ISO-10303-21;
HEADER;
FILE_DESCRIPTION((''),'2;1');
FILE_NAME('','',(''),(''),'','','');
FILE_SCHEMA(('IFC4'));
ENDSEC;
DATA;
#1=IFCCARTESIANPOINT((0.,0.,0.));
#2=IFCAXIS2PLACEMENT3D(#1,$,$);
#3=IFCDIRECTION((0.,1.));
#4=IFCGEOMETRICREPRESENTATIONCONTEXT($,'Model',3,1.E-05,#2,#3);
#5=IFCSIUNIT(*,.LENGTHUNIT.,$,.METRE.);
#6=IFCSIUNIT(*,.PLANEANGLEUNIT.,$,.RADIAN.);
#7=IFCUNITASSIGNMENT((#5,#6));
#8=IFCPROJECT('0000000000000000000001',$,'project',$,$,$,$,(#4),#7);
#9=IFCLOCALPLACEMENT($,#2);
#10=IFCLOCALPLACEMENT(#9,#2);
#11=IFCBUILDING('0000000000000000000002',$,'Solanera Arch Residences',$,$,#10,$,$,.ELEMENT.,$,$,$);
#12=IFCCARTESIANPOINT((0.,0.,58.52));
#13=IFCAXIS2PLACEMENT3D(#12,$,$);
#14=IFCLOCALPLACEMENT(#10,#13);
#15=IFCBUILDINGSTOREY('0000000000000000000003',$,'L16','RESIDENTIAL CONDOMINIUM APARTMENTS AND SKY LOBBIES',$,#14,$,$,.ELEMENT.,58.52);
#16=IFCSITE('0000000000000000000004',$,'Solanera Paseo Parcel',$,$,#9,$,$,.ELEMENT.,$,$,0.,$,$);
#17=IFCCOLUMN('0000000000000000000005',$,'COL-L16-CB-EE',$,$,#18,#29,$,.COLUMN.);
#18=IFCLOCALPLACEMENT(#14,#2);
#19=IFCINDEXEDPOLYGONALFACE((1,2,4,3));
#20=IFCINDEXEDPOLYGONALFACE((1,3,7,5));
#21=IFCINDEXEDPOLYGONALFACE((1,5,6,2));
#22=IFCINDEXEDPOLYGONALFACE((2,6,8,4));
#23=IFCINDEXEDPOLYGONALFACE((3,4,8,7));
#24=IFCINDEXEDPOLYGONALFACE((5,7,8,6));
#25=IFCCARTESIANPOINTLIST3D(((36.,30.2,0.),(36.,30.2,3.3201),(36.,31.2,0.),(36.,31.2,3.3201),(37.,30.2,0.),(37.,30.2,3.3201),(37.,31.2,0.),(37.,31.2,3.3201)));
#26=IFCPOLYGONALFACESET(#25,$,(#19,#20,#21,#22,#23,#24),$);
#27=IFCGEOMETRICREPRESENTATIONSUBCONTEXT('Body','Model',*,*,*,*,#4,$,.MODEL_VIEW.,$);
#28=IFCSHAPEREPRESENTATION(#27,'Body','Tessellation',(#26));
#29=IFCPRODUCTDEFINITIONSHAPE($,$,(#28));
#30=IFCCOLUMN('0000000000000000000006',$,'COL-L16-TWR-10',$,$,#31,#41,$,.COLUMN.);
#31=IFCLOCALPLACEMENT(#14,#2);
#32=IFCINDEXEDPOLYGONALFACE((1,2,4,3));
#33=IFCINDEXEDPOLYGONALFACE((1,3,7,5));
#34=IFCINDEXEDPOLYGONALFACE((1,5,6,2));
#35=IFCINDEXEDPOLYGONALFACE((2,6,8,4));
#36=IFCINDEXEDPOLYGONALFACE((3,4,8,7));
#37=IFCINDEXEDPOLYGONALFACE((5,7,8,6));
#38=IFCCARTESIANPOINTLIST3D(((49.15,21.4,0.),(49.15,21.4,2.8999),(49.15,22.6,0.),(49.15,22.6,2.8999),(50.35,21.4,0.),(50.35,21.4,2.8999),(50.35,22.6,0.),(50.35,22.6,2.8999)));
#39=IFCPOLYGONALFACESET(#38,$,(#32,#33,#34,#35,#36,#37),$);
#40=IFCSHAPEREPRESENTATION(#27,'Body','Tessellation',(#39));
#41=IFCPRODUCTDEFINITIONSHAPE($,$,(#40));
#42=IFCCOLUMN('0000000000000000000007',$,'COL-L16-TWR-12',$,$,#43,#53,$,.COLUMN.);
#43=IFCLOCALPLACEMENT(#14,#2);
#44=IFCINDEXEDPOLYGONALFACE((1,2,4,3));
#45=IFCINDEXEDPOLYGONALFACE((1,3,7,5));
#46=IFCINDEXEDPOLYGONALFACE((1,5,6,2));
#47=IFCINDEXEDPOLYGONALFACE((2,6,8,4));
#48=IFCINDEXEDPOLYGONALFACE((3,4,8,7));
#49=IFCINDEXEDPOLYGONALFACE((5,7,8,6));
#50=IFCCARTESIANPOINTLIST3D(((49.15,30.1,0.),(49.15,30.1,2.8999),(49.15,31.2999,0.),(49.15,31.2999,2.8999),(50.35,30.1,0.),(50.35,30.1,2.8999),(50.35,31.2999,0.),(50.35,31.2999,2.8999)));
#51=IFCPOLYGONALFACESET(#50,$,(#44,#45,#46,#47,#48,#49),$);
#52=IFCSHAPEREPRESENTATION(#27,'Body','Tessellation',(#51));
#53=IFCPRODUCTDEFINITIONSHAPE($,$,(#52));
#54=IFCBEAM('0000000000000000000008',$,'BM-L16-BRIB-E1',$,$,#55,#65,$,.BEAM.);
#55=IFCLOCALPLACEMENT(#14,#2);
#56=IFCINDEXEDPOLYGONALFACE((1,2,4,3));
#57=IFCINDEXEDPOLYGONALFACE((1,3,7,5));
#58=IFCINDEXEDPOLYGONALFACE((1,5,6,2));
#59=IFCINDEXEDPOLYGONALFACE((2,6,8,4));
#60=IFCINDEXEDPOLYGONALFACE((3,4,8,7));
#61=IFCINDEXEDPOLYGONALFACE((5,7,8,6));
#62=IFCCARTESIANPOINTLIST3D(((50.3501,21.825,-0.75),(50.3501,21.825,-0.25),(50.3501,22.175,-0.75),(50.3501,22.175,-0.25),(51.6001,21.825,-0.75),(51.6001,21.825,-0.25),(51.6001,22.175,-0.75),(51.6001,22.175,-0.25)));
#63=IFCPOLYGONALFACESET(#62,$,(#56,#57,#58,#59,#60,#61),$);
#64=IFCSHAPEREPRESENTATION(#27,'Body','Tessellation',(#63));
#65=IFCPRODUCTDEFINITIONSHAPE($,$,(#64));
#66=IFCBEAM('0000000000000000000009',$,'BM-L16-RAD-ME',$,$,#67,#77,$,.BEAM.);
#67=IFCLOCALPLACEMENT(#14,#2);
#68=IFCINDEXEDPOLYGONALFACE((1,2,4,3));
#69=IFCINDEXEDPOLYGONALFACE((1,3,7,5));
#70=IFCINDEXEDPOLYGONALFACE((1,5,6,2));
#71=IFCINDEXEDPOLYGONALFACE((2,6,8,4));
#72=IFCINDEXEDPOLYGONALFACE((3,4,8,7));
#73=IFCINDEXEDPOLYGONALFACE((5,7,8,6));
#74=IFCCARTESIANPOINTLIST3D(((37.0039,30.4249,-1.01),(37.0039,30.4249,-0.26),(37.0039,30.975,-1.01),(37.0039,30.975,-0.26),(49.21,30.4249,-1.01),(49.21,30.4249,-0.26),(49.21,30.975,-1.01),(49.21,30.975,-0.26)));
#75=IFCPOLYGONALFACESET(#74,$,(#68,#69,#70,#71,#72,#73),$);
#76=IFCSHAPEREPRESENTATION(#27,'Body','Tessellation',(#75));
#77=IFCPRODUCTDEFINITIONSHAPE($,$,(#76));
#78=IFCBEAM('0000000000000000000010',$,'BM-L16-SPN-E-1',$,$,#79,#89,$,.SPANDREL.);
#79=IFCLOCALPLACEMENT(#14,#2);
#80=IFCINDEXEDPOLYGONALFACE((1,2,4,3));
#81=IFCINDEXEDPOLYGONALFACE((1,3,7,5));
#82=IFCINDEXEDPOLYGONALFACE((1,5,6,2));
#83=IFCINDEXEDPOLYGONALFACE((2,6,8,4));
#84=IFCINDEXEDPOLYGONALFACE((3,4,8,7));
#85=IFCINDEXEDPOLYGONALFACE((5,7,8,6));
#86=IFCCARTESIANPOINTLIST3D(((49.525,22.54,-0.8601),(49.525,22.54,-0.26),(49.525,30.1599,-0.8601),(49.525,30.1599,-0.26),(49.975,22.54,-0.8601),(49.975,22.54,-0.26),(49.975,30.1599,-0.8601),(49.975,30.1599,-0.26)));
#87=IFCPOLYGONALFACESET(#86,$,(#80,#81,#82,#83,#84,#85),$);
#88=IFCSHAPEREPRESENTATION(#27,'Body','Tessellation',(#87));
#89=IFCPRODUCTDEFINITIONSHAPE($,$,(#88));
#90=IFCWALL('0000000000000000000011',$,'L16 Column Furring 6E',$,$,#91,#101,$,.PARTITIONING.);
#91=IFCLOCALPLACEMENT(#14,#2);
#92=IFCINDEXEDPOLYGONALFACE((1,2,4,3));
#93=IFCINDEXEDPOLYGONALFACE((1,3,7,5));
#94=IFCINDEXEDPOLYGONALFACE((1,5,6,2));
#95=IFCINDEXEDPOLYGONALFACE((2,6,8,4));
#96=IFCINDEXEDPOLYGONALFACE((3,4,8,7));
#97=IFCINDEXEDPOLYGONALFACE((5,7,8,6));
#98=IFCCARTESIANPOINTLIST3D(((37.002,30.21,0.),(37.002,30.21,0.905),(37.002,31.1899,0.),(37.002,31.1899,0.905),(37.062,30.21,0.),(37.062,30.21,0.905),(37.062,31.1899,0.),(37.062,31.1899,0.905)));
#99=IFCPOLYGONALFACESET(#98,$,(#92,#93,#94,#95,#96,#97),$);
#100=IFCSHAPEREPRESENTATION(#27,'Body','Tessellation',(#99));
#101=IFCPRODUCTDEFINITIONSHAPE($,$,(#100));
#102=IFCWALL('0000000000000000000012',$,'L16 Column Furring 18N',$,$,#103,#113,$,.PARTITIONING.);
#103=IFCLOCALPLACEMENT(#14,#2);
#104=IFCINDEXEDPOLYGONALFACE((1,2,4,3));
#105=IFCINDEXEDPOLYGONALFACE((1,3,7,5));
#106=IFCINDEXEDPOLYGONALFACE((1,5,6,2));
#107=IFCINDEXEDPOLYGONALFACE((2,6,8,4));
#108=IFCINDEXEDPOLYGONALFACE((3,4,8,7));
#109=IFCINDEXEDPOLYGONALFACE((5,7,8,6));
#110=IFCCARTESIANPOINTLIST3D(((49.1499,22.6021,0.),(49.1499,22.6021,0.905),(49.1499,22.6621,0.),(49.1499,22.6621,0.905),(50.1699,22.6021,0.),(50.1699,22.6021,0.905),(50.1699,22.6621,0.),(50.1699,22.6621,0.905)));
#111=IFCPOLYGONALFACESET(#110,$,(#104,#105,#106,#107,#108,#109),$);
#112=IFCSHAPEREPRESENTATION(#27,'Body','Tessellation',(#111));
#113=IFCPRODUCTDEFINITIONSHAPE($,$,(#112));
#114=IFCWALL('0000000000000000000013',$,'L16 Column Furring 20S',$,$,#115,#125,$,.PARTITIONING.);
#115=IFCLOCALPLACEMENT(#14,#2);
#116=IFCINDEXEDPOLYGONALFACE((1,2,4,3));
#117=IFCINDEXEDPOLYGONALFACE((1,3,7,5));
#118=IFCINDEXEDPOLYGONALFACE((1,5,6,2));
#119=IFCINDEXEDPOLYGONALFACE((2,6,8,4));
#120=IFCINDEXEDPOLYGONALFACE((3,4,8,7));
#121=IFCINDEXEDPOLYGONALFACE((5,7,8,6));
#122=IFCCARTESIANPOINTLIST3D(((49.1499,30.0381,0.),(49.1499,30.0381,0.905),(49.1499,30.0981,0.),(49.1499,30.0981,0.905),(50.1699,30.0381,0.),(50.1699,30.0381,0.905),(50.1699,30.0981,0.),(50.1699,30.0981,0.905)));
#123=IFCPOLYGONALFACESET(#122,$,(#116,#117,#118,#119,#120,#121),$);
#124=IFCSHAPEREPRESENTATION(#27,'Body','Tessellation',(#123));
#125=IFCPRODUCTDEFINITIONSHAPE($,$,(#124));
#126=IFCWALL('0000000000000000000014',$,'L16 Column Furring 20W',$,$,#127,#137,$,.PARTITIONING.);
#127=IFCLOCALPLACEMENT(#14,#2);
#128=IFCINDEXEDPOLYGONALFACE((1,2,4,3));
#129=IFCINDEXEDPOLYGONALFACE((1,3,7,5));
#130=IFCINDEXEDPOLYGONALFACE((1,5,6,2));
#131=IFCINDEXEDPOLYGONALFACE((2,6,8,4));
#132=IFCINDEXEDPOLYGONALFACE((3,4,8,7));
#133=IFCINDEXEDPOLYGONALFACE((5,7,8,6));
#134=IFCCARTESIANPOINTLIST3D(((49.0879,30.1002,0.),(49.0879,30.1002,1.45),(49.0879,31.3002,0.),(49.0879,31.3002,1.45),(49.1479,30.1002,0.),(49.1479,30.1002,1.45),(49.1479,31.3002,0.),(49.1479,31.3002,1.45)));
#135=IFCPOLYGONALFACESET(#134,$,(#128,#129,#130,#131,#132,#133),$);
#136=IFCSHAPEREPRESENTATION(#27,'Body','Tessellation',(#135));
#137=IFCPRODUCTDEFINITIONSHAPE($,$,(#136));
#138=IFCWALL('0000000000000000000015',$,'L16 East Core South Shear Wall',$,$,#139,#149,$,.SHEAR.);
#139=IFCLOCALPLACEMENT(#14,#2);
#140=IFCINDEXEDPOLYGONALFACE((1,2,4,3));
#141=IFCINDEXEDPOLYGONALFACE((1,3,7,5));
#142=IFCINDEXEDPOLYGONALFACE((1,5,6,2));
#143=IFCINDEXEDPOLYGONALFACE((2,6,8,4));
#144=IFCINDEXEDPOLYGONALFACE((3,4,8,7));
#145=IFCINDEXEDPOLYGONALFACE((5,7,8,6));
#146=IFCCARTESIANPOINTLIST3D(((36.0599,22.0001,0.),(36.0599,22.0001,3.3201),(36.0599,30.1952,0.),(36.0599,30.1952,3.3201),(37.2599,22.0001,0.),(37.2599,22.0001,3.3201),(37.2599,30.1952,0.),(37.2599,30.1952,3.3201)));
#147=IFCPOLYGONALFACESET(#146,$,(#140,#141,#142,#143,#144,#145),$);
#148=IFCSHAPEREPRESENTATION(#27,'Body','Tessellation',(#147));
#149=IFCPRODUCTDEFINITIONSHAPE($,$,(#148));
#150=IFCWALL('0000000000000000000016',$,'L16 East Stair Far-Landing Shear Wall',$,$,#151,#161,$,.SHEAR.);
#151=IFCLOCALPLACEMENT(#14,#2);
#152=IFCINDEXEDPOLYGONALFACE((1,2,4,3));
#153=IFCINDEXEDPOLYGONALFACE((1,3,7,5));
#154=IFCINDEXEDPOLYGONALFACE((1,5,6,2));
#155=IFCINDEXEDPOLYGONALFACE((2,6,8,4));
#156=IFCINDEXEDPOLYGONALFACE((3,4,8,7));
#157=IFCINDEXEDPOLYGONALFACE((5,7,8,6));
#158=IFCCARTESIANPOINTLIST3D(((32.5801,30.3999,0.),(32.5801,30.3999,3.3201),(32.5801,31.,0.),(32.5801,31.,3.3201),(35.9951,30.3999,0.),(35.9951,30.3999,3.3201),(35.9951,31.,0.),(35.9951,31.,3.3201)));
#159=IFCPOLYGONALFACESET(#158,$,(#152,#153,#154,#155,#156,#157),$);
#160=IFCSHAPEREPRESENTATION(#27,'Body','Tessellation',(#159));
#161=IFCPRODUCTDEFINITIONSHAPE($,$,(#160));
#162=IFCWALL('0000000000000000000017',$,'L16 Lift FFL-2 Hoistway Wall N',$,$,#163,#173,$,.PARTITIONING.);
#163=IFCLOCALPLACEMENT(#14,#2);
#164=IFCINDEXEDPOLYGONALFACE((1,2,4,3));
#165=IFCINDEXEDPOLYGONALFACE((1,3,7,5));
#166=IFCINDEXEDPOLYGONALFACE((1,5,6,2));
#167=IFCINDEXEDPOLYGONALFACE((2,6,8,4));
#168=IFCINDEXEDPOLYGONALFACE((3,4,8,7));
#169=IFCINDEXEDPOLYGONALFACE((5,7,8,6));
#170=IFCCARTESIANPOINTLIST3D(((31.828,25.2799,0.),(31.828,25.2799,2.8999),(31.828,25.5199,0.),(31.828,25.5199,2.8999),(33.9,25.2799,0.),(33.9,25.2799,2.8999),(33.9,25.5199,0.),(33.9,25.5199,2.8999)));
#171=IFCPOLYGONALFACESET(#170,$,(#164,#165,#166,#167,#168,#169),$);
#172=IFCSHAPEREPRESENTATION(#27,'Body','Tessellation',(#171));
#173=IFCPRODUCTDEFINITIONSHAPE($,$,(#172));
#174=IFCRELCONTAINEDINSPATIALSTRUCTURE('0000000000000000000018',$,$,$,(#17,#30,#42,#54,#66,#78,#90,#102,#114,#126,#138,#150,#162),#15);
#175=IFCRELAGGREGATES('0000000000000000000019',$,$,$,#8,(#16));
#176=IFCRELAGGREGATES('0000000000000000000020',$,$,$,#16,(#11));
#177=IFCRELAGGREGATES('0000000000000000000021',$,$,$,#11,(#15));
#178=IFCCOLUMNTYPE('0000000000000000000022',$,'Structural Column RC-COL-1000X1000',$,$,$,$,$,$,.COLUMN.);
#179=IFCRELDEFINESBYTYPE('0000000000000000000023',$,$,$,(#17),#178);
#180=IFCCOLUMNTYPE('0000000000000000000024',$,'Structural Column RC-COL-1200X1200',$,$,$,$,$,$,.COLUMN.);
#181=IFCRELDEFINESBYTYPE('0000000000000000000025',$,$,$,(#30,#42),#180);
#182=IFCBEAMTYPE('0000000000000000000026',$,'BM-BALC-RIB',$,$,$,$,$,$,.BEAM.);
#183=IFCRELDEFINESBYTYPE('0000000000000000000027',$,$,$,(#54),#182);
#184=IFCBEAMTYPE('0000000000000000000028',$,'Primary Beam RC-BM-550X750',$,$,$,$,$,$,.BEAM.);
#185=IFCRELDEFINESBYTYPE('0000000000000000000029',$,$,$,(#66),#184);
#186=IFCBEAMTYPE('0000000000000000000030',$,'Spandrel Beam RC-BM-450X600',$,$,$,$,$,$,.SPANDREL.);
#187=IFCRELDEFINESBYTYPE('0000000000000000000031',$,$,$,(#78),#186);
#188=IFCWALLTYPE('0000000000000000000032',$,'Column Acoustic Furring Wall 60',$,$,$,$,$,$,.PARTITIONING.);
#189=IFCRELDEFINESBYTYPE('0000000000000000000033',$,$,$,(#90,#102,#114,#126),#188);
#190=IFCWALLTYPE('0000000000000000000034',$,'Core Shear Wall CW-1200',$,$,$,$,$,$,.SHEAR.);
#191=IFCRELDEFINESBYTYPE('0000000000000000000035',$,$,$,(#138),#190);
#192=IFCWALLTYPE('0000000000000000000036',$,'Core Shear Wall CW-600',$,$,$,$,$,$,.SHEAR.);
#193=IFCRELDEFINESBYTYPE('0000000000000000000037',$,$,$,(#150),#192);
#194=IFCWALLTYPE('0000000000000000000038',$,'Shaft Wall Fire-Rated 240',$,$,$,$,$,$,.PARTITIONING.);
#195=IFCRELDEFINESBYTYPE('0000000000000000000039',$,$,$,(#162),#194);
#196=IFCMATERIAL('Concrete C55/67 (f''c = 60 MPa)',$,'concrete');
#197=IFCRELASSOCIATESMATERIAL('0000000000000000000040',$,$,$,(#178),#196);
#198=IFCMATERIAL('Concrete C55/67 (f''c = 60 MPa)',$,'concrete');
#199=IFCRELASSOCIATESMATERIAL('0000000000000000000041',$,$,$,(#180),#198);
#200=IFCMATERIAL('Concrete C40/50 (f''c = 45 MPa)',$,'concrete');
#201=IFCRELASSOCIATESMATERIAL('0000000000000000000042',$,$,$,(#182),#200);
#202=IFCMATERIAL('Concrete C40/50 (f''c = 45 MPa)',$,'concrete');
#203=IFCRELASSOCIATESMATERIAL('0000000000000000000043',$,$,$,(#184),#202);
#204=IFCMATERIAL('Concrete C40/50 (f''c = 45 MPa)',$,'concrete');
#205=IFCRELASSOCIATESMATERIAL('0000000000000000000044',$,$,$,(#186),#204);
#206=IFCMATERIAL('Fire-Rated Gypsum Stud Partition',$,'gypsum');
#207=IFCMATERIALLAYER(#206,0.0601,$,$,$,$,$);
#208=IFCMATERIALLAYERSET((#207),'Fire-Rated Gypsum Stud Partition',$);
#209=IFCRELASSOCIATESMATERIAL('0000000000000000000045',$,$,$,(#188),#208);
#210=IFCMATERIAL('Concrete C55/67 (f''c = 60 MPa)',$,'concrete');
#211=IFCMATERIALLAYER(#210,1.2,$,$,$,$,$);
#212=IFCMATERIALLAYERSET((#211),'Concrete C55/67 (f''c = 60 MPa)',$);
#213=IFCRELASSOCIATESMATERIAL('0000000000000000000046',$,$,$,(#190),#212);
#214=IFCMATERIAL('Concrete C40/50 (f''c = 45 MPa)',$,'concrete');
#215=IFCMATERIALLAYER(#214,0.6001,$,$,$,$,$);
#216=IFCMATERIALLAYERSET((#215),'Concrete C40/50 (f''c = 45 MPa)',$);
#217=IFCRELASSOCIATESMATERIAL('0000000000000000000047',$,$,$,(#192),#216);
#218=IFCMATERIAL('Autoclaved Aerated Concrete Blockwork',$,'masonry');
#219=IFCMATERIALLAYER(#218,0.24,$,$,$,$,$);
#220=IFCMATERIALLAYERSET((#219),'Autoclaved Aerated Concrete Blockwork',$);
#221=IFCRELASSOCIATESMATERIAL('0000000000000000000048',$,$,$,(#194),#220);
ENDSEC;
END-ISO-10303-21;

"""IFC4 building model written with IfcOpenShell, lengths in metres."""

from ifc_helpers import new_model, si_unit, direction, frame, frame_2d, origin, origin_2d, place, context, subcontext, project, spatial, rectangle, extrude, material, layer, layer_set, material_profile, profile_set, type_object, element, save


model = new_model("IFC4")

# Units and contexts
model_context = context("Model", 3, precision=1e-05, world=origin(), true_north=direction((0.0, 1.0)))
body_context = subcontext(model_context, "Body", "Model", "MODEL_VIEW")
ifc_project = project(units=[si_unit("LENGTHUNIT", "METRE"), si_unit("PLANEANGLEUNIT", "RADIAN")], contexts=[model_context])

# Site, building, storey
site_placement = place(None, origin())
site = spatial("IfcSite", under=ifc_project, at=site_placement, Name="Solanera Paseo Parcel", CompositionType="ELEMENT", RefElevation=0.0)
building_placement = place(site_placement, origin())
building = spatial("IfcBuilding", under=site, at=building_placement, Name="Solanera Arch Residences", CompositionType="ELEMENT")
storey_placement = place(building_placement, frame((0.0, 0.0, 58.52)))
storey = spatial("IfcBuildingStorey", under=building, at=storey_placement, Name="L16", Description="RESIDENTIAL CONDOMINIUM APARTMENTS AND SKY LOBBIES", CompositionType="ELEMENT", Elevation=58.52)

# Columns
ifc_material_1 = material(Name="Concrete C55/67 (f'c = 60 MPa)", Category="concrete")
ifc_material_profile_1 = material_profile(ifc_material_1, rectangle(XDim=1.0, YDim=1.0, at=origin_2d()))
ifc_profile_set_1 = profile_set([ifc_material_profile_1], Name="Concrete C55/67 (f'c = 60 MPa)")
column_type_1 = type_object("IfcColumnType", Name="Structural Column RC-COL-1000X1000", PredefinedType="COLUMN", material=ifc_profile_set_1)
column_placement = place(storey_placement, frame((36.5, 30.7, 0.0), z_axis=(0.0, 0.0, 1.0), x_axis=(1.0, 0.0, 0.0)))
element("IfcColumn", 1, at=column_placement, inside=storey, type_object=column_type_1, Name="COL-L16-CB-EE", PredefinedType="COLUMN", context=body_context, shape_type="SweptSolid", body=[
    extrude(rectangle(XDim=1.0, YDim=1.0, at=origin_2d()), origin(), (0.0, 0.0, 1.0), 3.3201),
])
ifc_material_2 = material(Name="Concrete C55/67 (f'c = 60 MPa)", Category="concrete")
ifc_material_profile_2 = material_profile(ifc_material_2, rectangle(XDim=1.2, YDim=1.2, at=origin_2d()))
ifc_profile_set_2 = profile_set([ifc_material_profile_2], Name="Concrete C55/67 (f'c = 60 MPa)")
column_type_2 = type_object("IfcColumnType", Name="Structural Column RC-COL-1200X1200", PredefinedType="COLUMN", material=ifc_profile_set_2)
for number, where, z_axis, x_axis, name in (
    (2, (49.75, 22.0, 0.0), (0.0, 0.0, 1.0), (1.0, 0.0, 0.0), "COL-L16-TWR-10"),
    (3, (49.75, 30.7, 0.0), (0.0, 0.0, 1.0), (1.0, 0.0, 0.0), "COL-L16-TWR-12"),
):
    element("IfcColumn", number, at=place(storey_placement, frame(where, z_axis=z_axis, x_axis=x_axis)), inside=storey, type_object=column_type_2, Name=name, PredefinedType="COLUMN", context=body_context, shape_type="SweptSolid", body=[
        extrude(rectangle(XDim=1.2, YDim=1.2, at=origin_2d()), origin(), (0.0, 0.0, 1.0), 2.8999),
    ])

# Beams
ifc_material_3 = material(Name="Concrete C40/50 (f'c = 45 MPa)", Category="concrete")
ifc_material_profile_3 = material_profile(ifc_material_3, rectangle(XDim=0.3501, YDim=0.5, at=origin_2d()))
ifc_profile_set_3 = profile_set([ifc_material_profile_3], Name="Concrete C40/50 (f'c = 45 MPa)")
beam_type_1 = type_object("IfcBeamType", Name="BM-BALC-RIB", PredefinedType="BEAM", material=ifc_profile_set_3)
beam_1_placement = place(storey_placement, frame((50.3501, 22.0, -0.5), z_axis=(1.0, 0.0, 0.0), x_axis=(0.0, 1.0, 0.0)))
element("IfcBeam", 4, at=beam_1_placement, inside=storey, type_object=beam_type_1, Name="BM-L16-BRIB-E1", PredefinedType="BEAM", context=body_context, shape_type="SweptSolid", body=[
    extrude(rectangle(XDim=0.3501, YDim=0.5, at=origin_2d()), origin(), (0.0, 0.0, 1.0), 1.25),
])
ifc_material_4 = material(Name="Concrete C40/50 (f'c = 45 MPa)", Category="concrete")
ifc_material_profile_4 = material_profile(ifc_material_4, rectangle(XDim=0.55, YDim=0.75, at=origin_2d()))
ifc_profile_set_4 = profile_set([ifc_material_profile_4], Name="Concrete C40/50 (f'c = 45 MPa)")
beam_type_2 = type_object("IfcBeamType", Name="Primary Beam RC-BM-550X750", PredefinedType="BEAM", material=ifc_profile_set_4)
beam_2_placement = place(storey_placement, frame((37.0039, 30.7, -0.635), z_axis=(1.0, 0.0, 0.0), x_axis=(0.0, 1.0, 0.0)))
element("IfcBeam", 5, at=beam_2_placement, inside=storey, type_object=beam_type_2, Name="BM-L16-RAD-ME", PredefinedType="BEAM", context=body_context, shape_type="SweptSolid", body=[
    extrude(rectangle(XDim=0.55, YDim=0.75, at=origin_2d()), origin(), (0.0, 0.0, 1.0), 12.2061),
])
ifc_material_5 = material(Name="Concrete C40/50 (f'c = 45 MPa)", Category="concrete")
ifc_material_profile_5 = material_profile(ifc_material_5, rectangle(XDim=0.45, YDim=0.6001, at=origin_2d()))
ifc_profile_set_5 = profile_set([ifc_material_profile_5], Name="Concrete C40/50 (f'c = 45 MPa)")
beam_type_3 = type_object("IfcBeamType", Name="Spandrel Beam RC-BM-450X600", PredefinedType="SPANDREL", material=ifc_profile_set_5)
beam_3_placement = place(storey_placement, frame((49.75, 22.54, -0.5601), z_axis=(0.0, 1.0, 0.0), x_axis=(-1.0, 0.0, 0.0)))
element("IfcBeam", 6, at=beam_3_placement, inside=storey, type_object=beam_type_3, Name="BM-L16-SPN-E-1", PredefinedType="SPANDREL", context=body_context, shape_type="SweptSolid", body=[
    extrude(rectangle(XDim=0.45, YDim=0.6001, at=origin_2d()), origin(), (0.0, 0.0, 1.0), 7.6199),
])

# Walls
ifc_material_6 = material(Name="Fire-Rated Gypsum Stud Partition", Category="gypsum")
ifc_layer_1 = layer(ifc_material_6, 0.0601)
ifc_layer_set_1 = layer_set([ifc_layer_1], Name="Fire-Rated Gypsum Stud Partition")
wall_type_1 = type_object("IfcWallType", Name="Column Acoustic Furring Wall 60", PredefinedType="PARTITIONING", material=ifc_layer_set_1)
wall_1_placement = place(storey_placement, frame((37.032, 30.21, 0.0), z_axis=(0.0, 0.0, 1.0), x_axis=(0.0, 1.0, 0.0)))
element("IfcWall", 7, at=wall_1_placement, inside=storey, type_object=wall_type_1, Name="L16 Column Furring 6E", PredefinedType="PARTITIONING", context=body_context, shape_type="SweptSolid", body=[
    extrude(rectangle(XDim=0.98, YDim=0.0601, at=frame_2d((0.49, 0.0))), origin(), (0.0, 0.0, 1.0), 0.905),
])
for number, where, z_axis, x_axis, name in (
    (8, (49.1499, 22.6321, 0.0), (0.0, 0.0, 1.0), (1.0, 0.0, 0.0), "L16 Column Furring 18N"),
    (9, (49.1499, 30.0681, 0.0), (0.0, 0.0, 1.0), (1.0, 0.0, 0.0), "L16 Column Furring 20S"),
):
    element("IfcWall", number, at=place(storey_placement, frame(where, z_axis=z_axis, x_axis=x_axis)), inside=storey, type_object=wall_type_1, Name=name, PredefinedType="PARTITIONING", context=body_context, shape_type="SweptSolid", body=[
        extrude(rectangle(XDim=1.02, YDim=0.0601, at=frame_2d((0.51, 0.0))), origin(), (0.0, 0.0, 1.0), 0.905),
    ])
wall_2_placement = place(storey_placement, frame((49.1179, 30.1001, 0.0), z_axis=(0.0, 0.0, 1.0), x_axis=(0.0, 1.0, 0.0)))
element("IfcWall", 10, at=wall_2_placement, inside=storey, type_object=wall_type_1, Name="L16 Column Furring 20W", PredefinedType="PARTITIONING", context=body_context, shape_type="SweptSolid", body=[
    extrude(rectangle(XDim=1.2, YDim=0.0601, at=frame_2d((0.6001, 0.0))), origin(), (0.0, 0.0, 1.0), 1.45),
])
ifc_material_7 = material(Name="Concrete C55/67 (f'c = 60 MPa)", Category="concrete")
ifc_layer_2 = layer(ifc_material_7, 1.2)
ifc_layer_set_2 = layer_set([ifc_layer_2], Name="Concrete C55/67 (f'c = 60 MPa)")
wall_type_2 = type_object("IfcWallType", Name="Core Shear Wall CW-1200", PredefinedType="SHEAR", material=ifc_layer_set_2)
wall_3_placement = place(storey_placement, frame((36.6599, 22.0, 0.0), z_axis=(0.0, 0.0, 1.0), x_axis=(0.0, 1.0, 0.0)))
element("IfcWall", 11, at=wall_3_placement, inside=storey, type_object=wall_type_2, Name="L16 East Core South Shear Wall", PredefinedType="SHEAR", context=body_context, shape_type="SweptSolid", body=[
    extrude(rectangle(XDim=8.1951, YDim=1.2, at=frame_2d((4.0977, 0.0))), origin(), (0.0, 0.0, 1.0), 3.3201),
])
ifc_material_8 = material(Name="Concrete C40/50 (f'c = 45 MPa)", Category="concrete")
ifc_layer_3 = layer(ifc_material_8, 0.6001)
ifc_layer_set_3 = layer_set([ifc_layer_3], Name="Concrete C40/50 (f'c = 45 MPa)")
wall_type_3 = type_object("IfcWallType", Name="Core Shear Wall CW-600", PredefinedType="SHEAR", material=ifc_layer_set_3)
wall_4_placement = place(storey_placement, frame((32.5801, 30.7, 0.0), z_axis=(0.0, 0.0, 1.0), x_axis=(1.0, 0.0, 0.0)))
element("IfcWall", 12, at=wall_4_placement, inside=storey, type_object=wall_type_3, Name="L16 East Stair Far-Landing Shear Wall", PredefinedType="SHEAR", context=body_context, shape_type="SweptSolid", body=[
    extrude(rectangle(XDim=3.415, YDim=0.6001, at=frame_2d((1.7075, 0.0))), origin(), (0.0, 0.0, 1.0), 3.3201),
])
ifc_material_9 = material(Name="Autoclaved Aerated Concrete Blockwork", Category="masonry")
ifc_layer_4 = layer(ifc_material_9, 0.24)
ifc_layer_set_4 = layer_set([ifc_layer_4], Name="Autoclaved Aerated Concrete Blockwork")
wall_type_4 = type_object("IfcWallType", Name="Shaft Wall Fire-Rated 240", PredefinedType="PARTITIONING", material=ifc_layer_set_4)
wall_5_placement = place(storey_placement, frame((31.8279, 25.3999, 0.0), z_axis=(0.0, 0.0, 1.0), x_axis=(1.0, 0.0, 0.0)))
element("IfcWall", 13, at=wall_5_placement, inside=storey, type_object=wall_type_4, Name="L16 Lift FFL-2 Hoistway Wall N", PredefinedType="PARTITIONING", context=body_context, shape_type="SweptSolid", body=[
    extrude(rectangle(XDim=2.072, YDim=0.24, at=frame_2d((1.0361, 0.0))), origin(), (0.0, 0.0, 1.0), 2.8999),
])

save(model, "model.ifc")
